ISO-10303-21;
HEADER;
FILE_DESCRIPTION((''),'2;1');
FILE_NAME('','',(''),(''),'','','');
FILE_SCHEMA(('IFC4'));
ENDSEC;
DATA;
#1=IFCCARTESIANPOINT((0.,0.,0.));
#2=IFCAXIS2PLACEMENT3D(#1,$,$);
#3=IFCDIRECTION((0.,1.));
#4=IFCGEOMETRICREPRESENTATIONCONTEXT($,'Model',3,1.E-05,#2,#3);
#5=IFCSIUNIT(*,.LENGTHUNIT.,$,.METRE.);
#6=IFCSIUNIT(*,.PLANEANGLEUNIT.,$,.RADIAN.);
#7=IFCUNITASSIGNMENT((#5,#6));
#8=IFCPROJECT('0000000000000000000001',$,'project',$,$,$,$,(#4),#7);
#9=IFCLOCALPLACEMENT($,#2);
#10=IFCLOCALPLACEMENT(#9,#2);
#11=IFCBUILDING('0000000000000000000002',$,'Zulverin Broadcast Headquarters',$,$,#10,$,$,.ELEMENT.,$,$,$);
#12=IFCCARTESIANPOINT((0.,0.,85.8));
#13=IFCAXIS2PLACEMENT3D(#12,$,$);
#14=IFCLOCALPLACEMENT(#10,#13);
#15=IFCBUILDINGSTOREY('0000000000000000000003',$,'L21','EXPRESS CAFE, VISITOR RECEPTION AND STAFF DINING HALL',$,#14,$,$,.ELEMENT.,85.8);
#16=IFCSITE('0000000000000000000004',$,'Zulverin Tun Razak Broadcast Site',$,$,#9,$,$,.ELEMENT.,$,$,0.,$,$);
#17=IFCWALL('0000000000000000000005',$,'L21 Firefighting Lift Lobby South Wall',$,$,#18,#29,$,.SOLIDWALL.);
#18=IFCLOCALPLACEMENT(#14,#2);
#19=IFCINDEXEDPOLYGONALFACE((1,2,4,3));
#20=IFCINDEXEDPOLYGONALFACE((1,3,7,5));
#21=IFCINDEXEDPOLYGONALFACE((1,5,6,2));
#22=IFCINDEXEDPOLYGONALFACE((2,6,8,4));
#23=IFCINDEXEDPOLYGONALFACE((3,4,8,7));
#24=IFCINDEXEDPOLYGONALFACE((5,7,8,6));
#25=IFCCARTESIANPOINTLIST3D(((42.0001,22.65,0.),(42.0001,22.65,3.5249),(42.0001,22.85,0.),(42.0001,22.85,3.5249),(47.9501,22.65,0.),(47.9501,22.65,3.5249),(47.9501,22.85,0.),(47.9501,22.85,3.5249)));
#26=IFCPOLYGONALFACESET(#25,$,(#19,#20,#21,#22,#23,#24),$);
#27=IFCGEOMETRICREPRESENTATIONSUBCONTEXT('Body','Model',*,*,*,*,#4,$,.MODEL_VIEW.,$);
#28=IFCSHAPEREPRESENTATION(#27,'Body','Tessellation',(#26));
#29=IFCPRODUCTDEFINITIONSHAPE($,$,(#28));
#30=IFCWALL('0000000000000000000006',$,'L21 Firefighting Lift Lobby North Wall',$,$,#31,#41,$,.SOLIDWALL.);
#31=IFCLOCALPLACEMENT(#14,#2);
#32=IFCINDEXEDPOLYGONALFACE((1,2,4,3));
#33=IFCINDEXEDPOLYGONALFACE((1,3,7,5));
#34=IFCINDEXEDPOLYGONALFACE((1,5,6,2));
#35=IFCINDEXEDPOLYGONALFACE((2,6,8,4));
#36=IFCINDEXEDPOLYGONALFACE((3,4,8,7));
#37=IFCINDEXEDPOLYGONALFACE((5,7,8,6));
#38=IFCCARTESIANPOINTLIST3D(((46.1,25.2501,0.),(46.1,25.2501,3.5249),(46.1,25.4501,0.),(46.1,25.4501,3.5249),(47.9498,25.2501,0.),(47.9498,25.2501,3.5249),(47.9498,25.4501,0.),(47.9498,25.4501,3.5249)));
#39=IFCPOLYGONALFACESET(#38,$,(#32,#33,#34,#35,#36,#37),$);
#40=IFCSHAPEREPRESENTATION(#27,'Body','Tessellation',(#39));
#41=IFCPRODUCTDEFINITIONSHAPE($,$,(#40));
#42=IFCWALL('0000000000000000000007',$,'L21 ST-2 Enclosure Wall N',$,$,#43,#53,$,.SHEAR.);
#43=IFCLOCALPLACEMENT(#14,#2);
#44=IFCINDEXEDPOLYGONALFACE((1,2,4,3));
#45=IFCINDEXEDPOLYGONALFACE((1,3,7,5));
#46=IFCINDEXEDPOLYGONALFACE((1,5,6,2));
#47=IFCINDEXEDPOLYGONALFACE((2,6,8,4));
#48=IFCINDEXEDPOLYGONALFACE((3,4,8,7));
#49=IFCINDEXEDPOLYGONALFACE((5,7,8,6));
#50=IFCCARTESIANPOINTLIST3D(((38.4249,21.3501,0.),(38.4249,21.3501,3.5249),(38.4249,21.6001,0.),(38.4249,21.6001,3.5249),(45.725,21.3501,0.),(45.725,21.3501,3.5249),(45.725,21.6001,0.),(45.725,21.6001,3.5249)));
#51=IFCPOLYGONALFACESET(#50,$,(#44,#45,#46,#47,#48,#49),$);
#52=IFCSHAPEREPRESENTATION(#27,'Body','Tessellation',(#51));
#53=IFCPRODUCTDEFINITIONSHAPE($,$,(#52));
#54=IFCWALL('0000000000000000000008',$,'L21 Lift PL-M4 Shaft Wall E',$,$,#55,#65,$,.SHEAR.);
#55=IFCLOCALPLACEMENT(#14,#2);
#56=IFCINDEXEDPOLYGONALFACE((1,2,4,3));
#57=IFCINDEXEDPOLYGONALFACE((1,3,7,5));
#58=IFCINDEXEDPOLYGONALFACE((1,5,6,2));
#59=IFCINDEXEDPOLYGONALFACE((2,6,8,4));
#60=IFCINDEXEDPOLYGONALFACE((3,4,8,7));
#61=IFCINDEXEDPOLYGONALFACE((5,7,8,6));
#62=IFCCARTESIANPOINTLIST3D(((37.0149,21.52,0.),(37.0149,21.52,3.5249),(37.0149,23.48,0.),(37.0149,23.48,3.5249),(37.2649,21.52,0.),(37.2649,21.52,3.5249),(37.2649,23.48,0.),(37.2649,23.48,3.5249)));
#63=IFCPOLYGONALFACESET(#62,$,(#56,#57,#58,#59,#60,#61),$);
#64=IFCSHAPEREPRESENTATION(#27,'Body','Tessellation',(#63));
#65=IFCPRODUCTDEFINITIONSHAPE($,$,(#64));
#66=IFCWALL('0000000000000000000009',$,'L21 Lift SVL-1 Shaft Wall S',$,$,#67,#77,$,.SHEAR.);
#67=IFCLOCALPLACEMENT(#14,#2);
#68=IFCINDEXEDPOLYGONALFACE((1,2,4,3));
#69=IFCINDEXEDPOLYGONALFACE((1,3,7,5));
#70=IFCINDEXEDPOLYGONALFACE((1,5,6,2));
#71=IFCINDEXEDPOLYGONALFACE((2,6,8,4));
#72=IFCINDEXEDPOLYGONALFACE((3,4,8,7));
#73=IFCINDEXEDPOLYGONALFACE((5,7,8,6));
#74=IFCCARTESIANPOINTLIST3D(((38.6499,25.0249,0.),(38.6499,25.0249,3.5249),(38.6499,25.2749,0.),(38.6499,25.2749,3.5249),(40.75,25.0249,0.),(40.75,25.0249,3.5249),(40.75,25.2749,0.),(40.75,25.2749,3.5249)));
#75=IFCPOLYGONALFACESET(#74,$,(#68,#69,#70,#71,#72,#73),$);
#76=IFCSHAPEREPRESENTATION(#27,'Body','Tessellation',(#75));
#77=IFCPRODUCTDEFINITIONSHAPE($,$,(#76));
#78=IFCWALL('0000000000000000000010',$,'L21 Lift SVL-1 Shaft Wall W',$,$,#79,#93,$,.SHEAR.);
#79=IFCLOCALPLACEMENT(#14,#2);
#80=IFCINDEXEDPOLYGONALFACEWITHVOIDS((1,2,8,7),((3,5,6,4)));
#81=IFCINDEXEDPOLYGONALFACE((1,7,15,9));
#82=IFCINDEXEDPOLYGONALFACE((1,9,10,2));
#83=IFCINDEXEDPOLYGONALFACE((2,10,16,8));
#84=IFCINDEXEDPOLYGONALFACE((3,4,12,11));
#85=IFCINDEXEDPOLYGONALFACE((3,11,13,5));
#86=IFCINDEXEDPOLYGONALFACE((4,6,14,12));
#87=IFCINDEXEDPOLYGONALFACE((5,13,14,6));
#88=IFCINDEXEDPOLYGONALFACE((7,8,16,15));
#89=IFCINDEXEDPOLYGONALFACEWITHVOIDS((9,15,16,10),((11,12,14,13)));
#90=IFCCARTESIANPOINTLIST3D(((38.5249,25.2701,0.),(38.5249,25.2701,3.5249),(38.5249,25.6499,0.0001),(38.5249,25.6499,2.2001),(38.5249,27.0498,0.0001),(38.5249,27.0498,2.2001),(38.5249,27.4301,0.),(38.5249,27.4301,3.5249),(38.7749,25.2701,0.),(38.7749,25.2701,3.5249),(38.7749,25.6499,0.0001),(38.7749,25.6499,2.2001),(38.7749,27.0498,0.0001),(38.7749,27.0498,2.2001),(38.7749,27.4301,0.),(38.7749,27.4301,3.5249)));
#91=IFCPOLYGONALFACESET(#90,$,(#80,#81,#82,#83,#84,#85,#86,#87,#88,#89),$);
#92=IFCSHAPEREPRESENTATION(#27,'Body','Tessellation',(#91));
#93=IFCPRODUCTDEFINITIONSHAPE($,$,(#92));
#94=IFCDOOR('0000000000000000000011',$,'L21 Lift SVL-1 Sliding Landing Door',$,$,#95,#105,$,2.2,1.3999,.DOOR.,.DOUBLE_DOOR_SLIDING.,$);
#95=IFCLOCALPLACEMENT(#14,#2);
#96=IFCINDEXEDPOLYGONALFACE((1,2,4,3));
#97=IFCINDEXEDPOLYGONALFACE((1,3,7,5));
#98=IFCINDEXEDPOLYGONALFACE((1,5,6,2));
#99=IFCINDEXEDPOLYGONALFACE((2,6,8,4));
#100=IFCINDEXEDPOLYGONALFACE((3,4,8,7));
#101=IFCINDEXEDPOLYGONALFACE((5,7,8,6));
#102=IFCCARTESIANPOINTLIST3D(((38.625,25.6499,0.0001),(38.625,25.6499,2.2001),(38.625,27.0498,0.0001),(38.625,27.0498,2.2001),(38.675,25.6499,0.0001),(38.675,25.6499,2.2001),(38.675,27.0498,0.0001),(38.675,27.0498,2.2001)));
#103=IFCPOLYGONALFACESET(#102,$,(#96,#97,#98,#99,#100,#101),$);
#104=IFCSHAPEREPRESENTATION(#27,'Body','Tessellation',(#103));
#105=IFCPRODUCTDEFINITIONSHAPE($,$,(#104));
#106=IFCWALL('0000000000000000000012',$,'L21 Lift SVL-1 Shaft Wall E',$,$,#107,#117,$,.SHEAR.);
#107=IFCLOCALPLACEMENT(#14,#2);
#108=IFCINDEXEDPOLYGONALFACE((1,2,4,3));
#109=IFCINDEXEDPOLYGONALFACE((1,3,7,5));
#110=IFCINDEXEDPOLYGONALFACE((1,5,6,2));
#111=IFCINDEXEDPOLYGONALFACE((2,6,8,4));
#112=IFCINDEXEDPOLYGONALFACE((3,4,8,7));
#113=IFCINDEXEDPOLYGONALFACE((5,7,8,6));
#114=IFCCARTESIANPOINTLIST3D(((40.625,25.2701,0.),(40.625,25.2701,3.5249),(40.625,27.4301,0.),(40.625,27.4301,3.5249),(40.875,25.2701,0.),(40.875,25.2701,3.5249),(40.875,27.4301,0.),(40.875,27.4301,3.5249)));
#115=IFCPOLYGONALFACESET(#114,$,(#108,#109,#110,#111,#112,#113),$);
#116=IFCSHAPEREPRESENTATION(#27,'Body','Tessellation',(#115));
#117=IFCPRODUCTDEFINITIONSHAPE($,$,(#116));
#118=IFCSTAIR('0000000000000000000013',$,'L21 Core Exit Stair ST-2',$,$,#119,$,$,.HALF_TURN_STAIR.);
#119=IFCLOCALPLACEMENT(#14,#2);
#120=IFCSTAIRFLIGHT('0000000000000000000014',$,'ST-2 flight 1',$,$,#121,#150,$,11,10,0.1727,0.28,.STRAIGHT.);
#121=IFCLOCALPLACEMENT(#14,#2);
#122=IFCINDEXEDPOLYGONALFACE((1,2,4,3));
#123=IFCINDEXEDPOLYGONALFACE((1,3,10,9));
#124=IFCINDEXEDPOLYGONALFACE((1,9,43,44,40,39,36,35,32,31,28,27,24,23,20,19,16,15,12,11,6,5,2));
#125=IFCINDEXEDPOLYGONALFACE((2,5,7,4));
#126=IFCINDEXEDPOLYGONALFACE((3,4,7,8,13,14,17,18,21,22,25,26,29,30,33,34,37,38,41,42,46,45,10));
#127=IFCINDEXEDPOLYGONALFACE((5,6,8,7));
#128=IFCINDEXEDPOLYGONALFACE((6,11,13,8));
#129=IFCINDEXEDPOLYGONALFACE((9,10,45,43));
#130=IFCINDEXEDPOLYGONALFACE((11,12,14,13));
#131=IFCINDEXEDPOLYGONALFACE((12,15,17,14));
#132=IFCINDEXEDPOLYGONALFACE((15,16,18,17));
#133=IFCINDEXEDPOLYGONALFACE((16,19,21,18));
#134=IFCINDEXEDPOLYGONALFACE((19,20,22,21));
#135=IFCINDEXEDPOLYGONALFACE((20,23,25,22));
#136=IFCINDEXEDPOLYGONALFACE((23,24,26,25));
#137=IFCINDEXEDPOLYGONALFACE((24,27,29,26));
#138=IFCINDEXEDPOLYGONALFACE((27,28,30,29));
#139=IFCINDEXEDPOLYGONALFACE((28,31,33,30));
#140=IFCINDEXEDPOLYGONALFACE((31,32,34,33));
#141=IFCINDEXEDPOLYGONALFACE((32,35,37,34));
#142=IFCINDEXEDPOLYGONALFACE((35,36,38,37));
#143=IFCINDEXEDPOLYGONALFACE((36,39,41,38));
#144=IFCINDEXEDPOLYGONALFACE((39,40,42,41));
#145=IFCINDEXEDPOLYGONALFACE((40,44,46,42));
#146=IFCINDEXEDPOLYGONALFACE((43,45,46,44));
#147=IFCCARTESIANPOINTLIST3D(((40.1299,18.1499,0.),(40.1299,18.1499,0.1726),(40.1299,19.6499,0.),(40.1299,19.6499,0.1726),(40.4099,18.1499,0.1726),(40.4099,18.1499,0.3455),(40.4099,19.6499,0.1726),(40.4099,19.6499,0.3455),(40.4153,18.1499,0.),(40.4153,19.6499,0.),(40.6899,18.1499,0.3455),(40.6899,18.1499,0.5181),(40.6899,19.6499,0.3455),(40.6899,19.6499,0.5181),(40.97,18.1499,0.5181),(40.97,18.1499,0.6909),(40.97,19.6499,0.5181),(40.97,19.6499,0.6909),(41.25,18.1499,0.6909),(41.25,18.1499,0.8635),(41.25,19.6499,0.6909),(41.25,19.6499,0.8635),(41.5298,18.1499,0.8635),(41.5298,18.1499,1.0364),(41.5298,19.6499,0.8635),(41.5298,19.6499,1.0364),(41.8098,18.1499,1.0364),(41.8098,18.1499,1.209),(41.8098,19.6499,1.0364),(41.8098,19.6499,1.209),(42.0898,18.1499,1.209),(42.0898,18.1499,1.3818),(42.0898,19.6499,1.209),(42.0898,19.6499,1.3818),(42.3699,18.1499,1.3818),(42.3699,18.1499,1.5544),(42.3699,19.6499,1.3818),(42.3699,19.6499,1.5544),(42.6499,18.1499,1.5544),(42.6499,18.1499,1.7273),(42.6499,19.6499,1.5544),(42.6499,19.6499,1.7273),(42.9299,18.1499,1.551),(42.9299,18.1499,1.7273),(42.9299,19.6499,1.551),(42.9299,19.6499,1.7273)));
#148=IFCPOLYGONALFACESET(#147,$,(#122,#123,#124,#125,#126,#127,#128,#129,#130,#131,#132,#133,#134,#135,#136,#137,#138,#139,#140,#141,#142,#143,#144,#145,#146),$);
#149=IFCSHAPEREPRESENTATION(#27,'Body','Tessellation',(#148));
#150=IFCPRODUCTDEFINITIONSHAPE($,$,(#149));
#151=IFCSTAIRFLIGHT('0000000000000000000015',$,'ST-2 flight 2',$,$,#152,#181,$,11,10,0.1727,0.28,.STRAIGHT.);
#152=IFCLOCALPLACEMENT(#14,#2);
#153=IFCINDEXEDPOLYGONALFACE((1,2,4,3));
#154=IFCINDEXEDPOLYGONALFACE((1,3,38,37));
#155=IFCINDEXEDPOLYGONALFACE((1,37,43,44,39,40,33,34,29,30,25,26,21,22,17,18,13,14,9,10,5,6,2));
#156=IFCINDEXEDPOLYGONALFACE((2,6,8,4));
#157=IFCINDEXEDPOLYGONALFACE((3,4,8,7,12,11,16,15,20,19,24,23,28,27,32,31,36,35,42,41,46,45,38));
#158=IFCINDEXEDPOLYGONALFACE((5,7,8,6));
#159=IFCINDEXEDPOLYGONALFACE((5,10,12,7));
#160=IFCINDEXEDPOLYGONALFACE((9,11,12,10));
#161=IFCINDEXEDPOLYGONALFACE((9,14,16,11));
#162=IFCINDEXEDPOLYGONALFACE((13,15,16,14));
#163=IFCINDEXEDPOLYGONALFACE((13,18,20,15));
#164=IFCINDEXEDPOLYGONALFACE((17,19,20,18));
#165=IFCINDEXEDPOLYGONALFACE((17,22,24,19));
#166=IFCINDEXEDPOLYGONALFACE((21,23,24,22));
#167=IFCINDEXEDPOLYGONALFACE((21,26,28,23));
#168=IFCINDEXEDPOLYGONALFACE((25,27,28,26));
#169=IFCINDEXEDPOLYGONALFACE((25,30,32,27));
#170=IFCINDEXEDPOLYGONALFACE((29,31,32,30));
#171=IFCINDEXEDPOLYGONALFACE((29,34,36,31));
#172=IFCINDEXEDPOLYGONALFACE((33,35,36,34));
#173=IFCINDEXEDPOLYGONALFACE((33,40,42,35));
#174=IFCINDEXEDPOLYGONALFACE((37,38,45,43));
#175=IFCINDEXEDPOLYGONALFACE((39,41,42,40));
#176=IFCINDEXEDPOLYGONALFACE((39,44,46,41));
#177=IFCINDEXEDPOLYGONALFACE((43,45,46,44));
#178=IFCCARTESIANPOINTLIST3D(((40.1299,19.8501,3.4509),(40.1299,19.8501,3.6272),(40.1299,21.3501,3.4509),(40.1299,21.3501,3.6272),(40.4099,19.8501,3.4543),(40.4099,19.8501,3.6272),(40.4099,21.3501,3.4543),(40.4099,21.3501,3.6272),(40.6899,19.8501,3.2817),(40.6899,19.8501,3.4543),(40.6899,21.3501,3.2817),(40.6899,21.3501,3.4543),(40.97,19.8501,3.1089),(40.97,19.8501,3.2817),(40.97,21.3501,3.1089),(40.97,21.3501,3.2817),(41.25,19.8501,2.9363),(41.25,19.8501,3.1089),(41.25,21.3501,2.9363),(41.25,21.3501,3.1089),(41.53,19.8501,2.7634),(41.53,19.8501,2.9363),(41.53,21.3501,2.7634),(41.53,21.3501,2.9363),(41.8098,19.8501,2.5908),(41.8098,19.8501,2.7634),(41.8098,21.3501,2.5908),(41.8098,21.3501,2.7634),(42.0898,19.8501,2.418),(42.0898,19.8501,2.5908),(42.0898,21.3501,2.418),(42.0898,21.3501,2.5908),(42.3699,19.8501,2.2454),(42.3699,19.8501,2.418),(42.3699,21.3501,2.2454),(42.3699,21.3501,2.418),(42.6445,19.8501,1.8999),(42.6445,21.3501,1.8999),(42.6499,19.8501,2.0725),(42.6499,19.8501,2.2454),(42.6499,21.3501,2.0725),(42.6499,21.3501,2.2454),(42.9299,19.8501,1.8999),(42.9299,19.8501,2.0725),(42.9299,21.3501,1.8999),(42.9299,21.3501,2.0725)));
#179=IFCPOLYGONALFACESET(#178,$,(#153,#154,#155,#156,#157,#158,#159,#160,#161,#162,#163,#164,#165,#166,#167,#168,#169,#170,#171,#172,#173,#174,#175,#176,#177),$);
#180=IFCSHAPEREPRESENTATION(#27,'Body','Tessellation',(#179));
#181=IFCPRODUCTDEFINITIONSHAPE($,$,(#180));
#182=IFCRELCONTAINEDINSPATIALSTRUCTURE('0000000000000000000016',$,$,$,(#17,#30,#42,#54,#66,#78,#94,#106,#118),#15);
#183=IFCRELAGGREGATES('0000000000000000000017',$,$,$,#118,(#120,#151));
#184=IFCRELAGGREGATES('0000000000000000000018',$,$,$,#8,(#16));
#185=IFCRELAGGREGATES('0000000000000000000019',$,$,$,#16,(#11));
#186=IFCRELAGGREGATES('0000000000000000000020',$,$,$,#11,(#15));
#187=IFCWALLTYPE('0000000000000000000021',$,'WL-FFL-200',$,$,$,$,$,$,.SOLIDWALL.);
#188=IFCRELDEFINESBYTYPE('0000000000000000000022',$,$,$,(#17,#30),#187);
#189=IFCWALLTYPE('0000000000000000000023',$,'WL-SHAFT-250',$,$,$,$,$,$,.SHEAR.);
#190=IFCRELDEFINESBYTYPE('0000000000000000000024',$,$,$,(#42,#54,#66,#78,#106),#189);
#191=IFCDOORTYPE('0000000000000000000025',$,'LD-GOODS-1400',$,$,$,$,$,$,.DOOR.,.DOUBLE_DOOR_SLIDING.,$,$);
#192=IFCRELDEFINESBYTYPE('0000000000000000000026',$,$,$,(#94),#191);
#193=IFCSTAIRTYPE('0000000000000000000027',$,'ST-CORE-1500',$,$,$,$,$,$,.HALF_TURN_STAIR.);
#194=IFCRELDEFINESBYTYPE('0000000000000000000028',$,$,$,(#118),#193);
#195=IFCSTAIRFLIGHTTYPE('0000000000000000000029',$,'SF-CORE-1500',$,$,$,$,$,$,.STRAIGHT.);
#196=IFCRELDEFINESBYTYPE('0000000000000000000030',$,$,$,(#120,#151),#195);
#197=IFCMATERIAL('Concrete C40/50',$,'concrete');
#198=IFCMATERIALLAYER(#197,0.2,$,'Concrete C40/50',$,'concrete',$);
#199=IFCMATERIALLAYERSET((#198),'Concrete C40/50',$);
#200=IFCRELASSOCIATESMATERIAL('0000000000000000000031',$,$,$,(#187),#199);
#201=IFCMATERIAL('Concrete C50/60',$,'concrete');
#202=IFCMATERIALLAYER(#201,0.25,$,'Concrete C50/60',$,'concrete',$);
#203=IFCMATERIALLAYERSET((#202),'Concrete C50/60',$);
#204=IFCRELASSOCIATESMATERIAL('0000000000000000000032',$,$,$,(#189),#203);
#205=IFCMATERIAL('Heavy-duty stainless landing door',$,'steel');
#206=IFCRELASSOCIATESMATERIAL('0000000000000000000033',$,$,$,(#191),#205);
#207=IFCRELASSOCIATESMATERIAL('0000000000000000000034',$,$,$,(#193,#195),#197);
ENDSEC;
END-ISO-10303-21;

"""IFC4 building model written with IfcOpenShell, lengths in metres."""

from ifc_helpers import new_model, si_unit, direction, frame, frame_2d, origin, place, context, subcontext, project, spatial, polyline, rectangle, outline, extrude, material, layer, layer_set, type_object, element, fill, aggregate, save


model = new_model("IFC4")

# Units and contexts
model_context = context("Model", 3, precision=1e-05, world=origin(), true_north=direction((0.0, 1.0)))
body_context = subcontext(model_context, "Body", "Model", "MODEL_VIEW")
ifc_project = project(units=[si_unit("LENGTHUNIT", "METRE"), si_unit("PLANEANGLEUNIT", "RADIAN")], contexts=[model_context])

# Site, building, storey
site_placement = place(None, origin())
site = spatial("IfcSite", under=ifc_project, at=site_placement, Name="Zulverin Tun Razak Broadcast Site", CompositionType="ELEMENT", RefElevation=0.0)
building_placement = place(site_placement, origin())
building = spatial("IfcBuilding", under=site, at=building_placement, Name="Zulverin Broadcast Headquarters", CompositionType="ELEMENT")
storey_placement = place(building_placement, frame((0.0, 0.0, 85.8)))
storey = spatial("IfcBuildingStorey", under=building, at=storey_placement, Name="L21", Description="EXPRESS CAFE, VISITOR RECEPTION AND STAFF DINING HALL", CompositionType="ELEMENT", Elevation=85.8)

# Shared definitions
ifc_material_1 = material(Name="Concrete C40/50", Category="concrete")
ifc_layer_1 = layer(ifc_material_1, 0.2, Name="Concrete C40/50", Category="concrete")
ifc_layer_set_1 = layer_set([ifc_layer_1], Name="Concrete C40/50")
wall_type_1 = type_object("IfcWallType", Name="WL-FFL-200", PredefinedType="SOLIDWALL", material=ifc_layer_set_1)

# Walls
wall_1_placement = place(storey_placement, frame((42.0, 22.75, 0.0), z_axis=(0.0, 0.0, 1.0), x_axis=(1.0, 0.0, 0.0)))
element("IfcWall", 1, at=wall_1_placement, inside=storey, type_object=wall_type_1, Name="L21 Firefighting Lift Lobby South Wall", PredefinedType="SOLIDWALL", context=body_context, shape_type="SweptSolid", body=[
    extrude(rectangle(XDim=5.95, YDim=0.2, at=frame_2d((2.9751, 0.0))), origin(), (0.0, 0.0, 1.0), 3.5249),
])
wall_2_placement = place(storey_placement, frame((46.1001, 25.3501, 0.0), z_axis=(0.0, 0.0, 1.0), x_axis=(1.0, 0.0, 0.0)))
element("IfcWall", 2, at=wall_2_placement, inside=storey, type_object=wall_type_1, Name="L21 Firefighting Lift Lobby North Wall", PredefinedType="SOLIDWALL", context=body_context, shape_type="SweptSolid", body=[
    extrude(rectangle(XDim=1.8499, YDim=0.2, at=frame_2d((0.9248, 0.0))), origin(), (0.0, 0.0, 1.0), 3.5249),
])

# Walls
ifc_material_2 = material(Name="Concrete C50/60", Category="concrete")
ifc_layer_2 = layer(ifc_material_2, 0.25, Name="Concrete C50/60", Category="concrete")
ifc_layer_set_2 = layer_set([ifc_layer_2], Name="Concrete C50/60")
wall_type_2 = type_object("IfcWallType", Name="WL-SHAFT-250", PredefinedType="SHEAR", material=ifc_layer_set_2)
wall_3_placement = place(storey_placement, frame((38.425, 21.4751, 0.0), z_axis=(0.0, 0.0, 1.0), x_axis=(1.0, 0.0, 0.0)))
element("IfcWall", 3, at=wall_3_placement, inside=storey, type_object=wall_type_2, Name="L21 ST-2 Enclosure Wall N", PredefinedType="SHEAR", context=body_context, shape_type="SweptSolid", body=[
    extrude(rectangle(XDim=7.3, YDim=0.25, at=frame_2d((3.6499, 0.0))), origin(), (0.0, 0.0, 1.0), 3.5249),
])
wall_4_placement = place(storey_placement, frame((37.1399, 21.52, 0.0), z_axis=(0.0, 0.0, 1.0), x_axis=(0.0, 1.0, 0.0)))
element("IfcWall", 4, at=wall_4_placement, inside=storey, type_object=wall_type_2, Name="L21 Lift PL-M4 Shaft Wall E", PredefinedType="SHEAR", context=body_context, shape_type="SweptSolid", body=[
    extrude(rectangle(XDim=1.96, YDim=0.25, at=frame_2d((0.98, 0.0))), origin(), (0.0, 0.0, 1.0), 3.5249),
])

# Wall
wall_5_placement = place(storey_placement, frame((38.6499, 25.1499, 0.0), z_axis=(0.0, 0.0, 1.0), x_axis=(1.0, 0.0, 0.0)))
element("IfcWall", 5, at=wall_5_placement, inside=storey, type_object=wall_type_2, Name="L21 Lift SVL-1 Shaft Wall S", PredefinedType="SHEAR", context=body_context, shape_type="SweptSolid", body=[
    extrude(rectangle(XDim=2.1001, YDim=0.25, at=frame_2d((1.05, 0.0))), origin(), (0.0, 0.0, 1.0), 3.5249),
])

# Wall, opening, door
wall_6_placement = place(storey_placement, frame((38.6499, 25.27, 0.0), z_axis=(0.0, 0.0, 1.0), x_axis=(0.0, 1.0, 0.0)))
wall_6 = element("IfcWall", 6, at=wall_6_placement, inside=storey, type_object=wall_type_2, Name="L21 Lift SVL-1 Shaft Wall W", PredefinedType="SHEAR", context=body_context, shape_type="SweptSolid", body=[
    extrude(rectangle(XDim=2.1599, YDim=0.25, at=frame_2d((1.0801, 0.0))), origin(), (0.0, 0.0, 1.0), 3.5249),
])
opening_1_placement = place(wall_6_placement, frame((0.3799, 0.0, 0.0)))
opening_1 = element("IfcOpeningElement", 7, at=opening_1_placement, cuts=wall_6, PredefinedType="OPENING", context=body_context, shape_type="SweptSolid", body=[
    extrude(rectangle(XDim=1.3999, YDim=2.2, at=frame_2d((0.7, 1.1001))), frame((0.0, 0.135, 0.0), z_axis=(0.0, -1.0, 0.0), x_axis=(1.0, 0.0, 0.0)), (0.0, 0.0, 1.0), 0.27),
])
ifc_material_3 = material(Name="Heavy-duty stainless landing door", Category="steel")
door_type_1 = type_object("IfcDoorType", Name="LD-GOODS-1400", OperationType="DOUBLE_DOOR_SLIDING", PredefinedType="DOOR", material=ifc_material_3)
door_1_placement = place(opening_1_placement, origin())
door_1 = element("IfcDoor", 8, at=door_1_placement, inside=storey, type_object=door_type_1, Name="L21 Lift SVL-1 Sliding Landing Door", OperationType="DOUBLE_DOOR_SLIDING", OverallHeight=2.2, OverallWidth=1.3999, PredefinedType="DOOR", context=body_context, shape_type="SweptSolid", body=[
    extrude(rectangle(XDim=1.3999, YDim=2.2, at=frame_2d((0.7, 1.1001))), frame((0.0, 0.0249, 0.0), z_axis=(0.0, -1.0, 0.0), x_axis=(1.0, 0.0, 0.0)), (0.0, 0.0, 1.0), 0.05),
])
fill(opening_1, door_1)

# Wall
wall_7_placement = place(storey_placement, frame((40.75, 25.27, 0.0), z_axis=(0.0, 0.0, 1.0), x_axis=(0.0, 1.0, 0.0)))
element("IfcWall", 9, at=wall_7_placement, inside=storey, type_object=wall_type_2, Name="L21 Lift SVL-1 Shaft Wall E", PredefinedType="SHEAR", context=body_context, shape_type="SweptSolid", body=[
    extrude(rectangle(XDim=2.1599, YDim=0.25, at=frame_2d((1.0801, 0.0))), origin(), (0.0, 0.0, 1.0), 3.5249),
])

# Stair, stair flights
stair_type = type_object("IfcStairType", Name="ST-CORE-1500", PredefinedType="HALF_TURN_STAIR", material=ifc_material_1)
stair_placement = place(storey_placement, origin())
stair = element("IfcStair", 10, at=stair_placement, inside=storey, type_object=stair_type, Name="L21 Core Exit Stair ST-2", PredefinedType="HALF_TURN_STAIR")
stair_flight_type = type_object("IfcStairFlightType", Name="SF-CORE-1500", PredefinedType="STRAIGHT", material=ifc_material_1)
stair_flight_1_placement = place(storey_placement, frame((40.1299, 18.8999, 0.0), z_axis=(0.0, 0.0, 1.0), x_axis=(1.0, 0.0, 0.0)))
stair_flight_1 = element("IfcStairFlight", 11, at=stair_flight_1_placement, type_object=stair_flight_type, Name="ST-2 flight 1", NumberOfRisers=11, NumberOfTreads=10, PredefinedType="STRAIGHT", RiserHeight=0.1727, TreadLength=0.28, context=body_context, shape_type="SweptSolid", body=[
    extrude(outline(polyline([(0.0, 0.0), (0.0, 0.1726), (0.28, 0.1726), (0.28, 0.3455), (0.5601, 0.3455), (0.5601, 0.5181), (0.8401, 0.5181), (0.8401, 0.6909), (1.1201, 0.6909), (1.1201, 0.8635), (1.3999, 0.8635), (1.3999, 1.0364), (1.6799, 1.0364), (1.6799, 1.209), (1.96, 1.209), (1.96, 1.3818), (2.24, 1.3818), (2.24, 1.5544), (2.52, 1.5544), (2.52, 1.7273), (2.8, 1.7273), (2.8, 1.8999), (2.8, 1.551), (0.2854, 0.0), (0.0, 0.0)])), frame((0.0, 0.75, 0.0), z_axis=(0.0, -1.0, 0.0), x_axis=(1.0, 0.0, 0.0)), (0.0, 0.0, 1.0), 1.5),
])
stair_flight_2_placement = place(storey_placement, frame((42.9299, 20.6001, 1.8999), z_axis=(0.0, 0.0, 1.0), x_axis=(-1.0, 0.0, 0.0)))
stair_flight_2 = element("IfcStairFlight", 12, at=stair_flight_2_placement, type_object=stair_flight_type, Name="ST-2 flight 2", NumberOfRisers=11, NumberOfTreads=10, PredefinedType="STRAIGHT", RiserHeight=0.1727, TreadLength=0.28, context=body_context, shape_type="SweptSolid", body=[
    extrude(outline(polyline([(0.0, 0.0), (0.0, 0.1726), (0.28, 0.1726), (0.28, 0.3455), (0.5601, 0.3455), (0.5601, 0.5181), (0.8401, 0.5181), (0.8401, 0.6909), (1.1201, 0.6909), (1.1201, 0.8635), (1.3999, 0.8635), (1.3999, 1.0364), (1.6799, 1.0364), (1.6799, 1.209), (1.96, 1.209), (1.96, 1.3818), (2.24, 1.3818), (2.24, 1.5544), (2.52, 1.5544), (2.52, 1.7273), (2.8, 1.7273), (2.8, 1.8999), (2.8, 1.551), (0.2854, 0.0), (0.0, 0.0)])), frame((0.0, 0.75, 0.0), z_axis=(0.0, -1.0, 0.0), x_axis=(1.0, 0.0, 0.0)), (0.0, 0.0, 1.0), 1.5),
])
aggregate(stair, [stair_flight_1, stair_flight_2])

save(model, "model.ifc")
